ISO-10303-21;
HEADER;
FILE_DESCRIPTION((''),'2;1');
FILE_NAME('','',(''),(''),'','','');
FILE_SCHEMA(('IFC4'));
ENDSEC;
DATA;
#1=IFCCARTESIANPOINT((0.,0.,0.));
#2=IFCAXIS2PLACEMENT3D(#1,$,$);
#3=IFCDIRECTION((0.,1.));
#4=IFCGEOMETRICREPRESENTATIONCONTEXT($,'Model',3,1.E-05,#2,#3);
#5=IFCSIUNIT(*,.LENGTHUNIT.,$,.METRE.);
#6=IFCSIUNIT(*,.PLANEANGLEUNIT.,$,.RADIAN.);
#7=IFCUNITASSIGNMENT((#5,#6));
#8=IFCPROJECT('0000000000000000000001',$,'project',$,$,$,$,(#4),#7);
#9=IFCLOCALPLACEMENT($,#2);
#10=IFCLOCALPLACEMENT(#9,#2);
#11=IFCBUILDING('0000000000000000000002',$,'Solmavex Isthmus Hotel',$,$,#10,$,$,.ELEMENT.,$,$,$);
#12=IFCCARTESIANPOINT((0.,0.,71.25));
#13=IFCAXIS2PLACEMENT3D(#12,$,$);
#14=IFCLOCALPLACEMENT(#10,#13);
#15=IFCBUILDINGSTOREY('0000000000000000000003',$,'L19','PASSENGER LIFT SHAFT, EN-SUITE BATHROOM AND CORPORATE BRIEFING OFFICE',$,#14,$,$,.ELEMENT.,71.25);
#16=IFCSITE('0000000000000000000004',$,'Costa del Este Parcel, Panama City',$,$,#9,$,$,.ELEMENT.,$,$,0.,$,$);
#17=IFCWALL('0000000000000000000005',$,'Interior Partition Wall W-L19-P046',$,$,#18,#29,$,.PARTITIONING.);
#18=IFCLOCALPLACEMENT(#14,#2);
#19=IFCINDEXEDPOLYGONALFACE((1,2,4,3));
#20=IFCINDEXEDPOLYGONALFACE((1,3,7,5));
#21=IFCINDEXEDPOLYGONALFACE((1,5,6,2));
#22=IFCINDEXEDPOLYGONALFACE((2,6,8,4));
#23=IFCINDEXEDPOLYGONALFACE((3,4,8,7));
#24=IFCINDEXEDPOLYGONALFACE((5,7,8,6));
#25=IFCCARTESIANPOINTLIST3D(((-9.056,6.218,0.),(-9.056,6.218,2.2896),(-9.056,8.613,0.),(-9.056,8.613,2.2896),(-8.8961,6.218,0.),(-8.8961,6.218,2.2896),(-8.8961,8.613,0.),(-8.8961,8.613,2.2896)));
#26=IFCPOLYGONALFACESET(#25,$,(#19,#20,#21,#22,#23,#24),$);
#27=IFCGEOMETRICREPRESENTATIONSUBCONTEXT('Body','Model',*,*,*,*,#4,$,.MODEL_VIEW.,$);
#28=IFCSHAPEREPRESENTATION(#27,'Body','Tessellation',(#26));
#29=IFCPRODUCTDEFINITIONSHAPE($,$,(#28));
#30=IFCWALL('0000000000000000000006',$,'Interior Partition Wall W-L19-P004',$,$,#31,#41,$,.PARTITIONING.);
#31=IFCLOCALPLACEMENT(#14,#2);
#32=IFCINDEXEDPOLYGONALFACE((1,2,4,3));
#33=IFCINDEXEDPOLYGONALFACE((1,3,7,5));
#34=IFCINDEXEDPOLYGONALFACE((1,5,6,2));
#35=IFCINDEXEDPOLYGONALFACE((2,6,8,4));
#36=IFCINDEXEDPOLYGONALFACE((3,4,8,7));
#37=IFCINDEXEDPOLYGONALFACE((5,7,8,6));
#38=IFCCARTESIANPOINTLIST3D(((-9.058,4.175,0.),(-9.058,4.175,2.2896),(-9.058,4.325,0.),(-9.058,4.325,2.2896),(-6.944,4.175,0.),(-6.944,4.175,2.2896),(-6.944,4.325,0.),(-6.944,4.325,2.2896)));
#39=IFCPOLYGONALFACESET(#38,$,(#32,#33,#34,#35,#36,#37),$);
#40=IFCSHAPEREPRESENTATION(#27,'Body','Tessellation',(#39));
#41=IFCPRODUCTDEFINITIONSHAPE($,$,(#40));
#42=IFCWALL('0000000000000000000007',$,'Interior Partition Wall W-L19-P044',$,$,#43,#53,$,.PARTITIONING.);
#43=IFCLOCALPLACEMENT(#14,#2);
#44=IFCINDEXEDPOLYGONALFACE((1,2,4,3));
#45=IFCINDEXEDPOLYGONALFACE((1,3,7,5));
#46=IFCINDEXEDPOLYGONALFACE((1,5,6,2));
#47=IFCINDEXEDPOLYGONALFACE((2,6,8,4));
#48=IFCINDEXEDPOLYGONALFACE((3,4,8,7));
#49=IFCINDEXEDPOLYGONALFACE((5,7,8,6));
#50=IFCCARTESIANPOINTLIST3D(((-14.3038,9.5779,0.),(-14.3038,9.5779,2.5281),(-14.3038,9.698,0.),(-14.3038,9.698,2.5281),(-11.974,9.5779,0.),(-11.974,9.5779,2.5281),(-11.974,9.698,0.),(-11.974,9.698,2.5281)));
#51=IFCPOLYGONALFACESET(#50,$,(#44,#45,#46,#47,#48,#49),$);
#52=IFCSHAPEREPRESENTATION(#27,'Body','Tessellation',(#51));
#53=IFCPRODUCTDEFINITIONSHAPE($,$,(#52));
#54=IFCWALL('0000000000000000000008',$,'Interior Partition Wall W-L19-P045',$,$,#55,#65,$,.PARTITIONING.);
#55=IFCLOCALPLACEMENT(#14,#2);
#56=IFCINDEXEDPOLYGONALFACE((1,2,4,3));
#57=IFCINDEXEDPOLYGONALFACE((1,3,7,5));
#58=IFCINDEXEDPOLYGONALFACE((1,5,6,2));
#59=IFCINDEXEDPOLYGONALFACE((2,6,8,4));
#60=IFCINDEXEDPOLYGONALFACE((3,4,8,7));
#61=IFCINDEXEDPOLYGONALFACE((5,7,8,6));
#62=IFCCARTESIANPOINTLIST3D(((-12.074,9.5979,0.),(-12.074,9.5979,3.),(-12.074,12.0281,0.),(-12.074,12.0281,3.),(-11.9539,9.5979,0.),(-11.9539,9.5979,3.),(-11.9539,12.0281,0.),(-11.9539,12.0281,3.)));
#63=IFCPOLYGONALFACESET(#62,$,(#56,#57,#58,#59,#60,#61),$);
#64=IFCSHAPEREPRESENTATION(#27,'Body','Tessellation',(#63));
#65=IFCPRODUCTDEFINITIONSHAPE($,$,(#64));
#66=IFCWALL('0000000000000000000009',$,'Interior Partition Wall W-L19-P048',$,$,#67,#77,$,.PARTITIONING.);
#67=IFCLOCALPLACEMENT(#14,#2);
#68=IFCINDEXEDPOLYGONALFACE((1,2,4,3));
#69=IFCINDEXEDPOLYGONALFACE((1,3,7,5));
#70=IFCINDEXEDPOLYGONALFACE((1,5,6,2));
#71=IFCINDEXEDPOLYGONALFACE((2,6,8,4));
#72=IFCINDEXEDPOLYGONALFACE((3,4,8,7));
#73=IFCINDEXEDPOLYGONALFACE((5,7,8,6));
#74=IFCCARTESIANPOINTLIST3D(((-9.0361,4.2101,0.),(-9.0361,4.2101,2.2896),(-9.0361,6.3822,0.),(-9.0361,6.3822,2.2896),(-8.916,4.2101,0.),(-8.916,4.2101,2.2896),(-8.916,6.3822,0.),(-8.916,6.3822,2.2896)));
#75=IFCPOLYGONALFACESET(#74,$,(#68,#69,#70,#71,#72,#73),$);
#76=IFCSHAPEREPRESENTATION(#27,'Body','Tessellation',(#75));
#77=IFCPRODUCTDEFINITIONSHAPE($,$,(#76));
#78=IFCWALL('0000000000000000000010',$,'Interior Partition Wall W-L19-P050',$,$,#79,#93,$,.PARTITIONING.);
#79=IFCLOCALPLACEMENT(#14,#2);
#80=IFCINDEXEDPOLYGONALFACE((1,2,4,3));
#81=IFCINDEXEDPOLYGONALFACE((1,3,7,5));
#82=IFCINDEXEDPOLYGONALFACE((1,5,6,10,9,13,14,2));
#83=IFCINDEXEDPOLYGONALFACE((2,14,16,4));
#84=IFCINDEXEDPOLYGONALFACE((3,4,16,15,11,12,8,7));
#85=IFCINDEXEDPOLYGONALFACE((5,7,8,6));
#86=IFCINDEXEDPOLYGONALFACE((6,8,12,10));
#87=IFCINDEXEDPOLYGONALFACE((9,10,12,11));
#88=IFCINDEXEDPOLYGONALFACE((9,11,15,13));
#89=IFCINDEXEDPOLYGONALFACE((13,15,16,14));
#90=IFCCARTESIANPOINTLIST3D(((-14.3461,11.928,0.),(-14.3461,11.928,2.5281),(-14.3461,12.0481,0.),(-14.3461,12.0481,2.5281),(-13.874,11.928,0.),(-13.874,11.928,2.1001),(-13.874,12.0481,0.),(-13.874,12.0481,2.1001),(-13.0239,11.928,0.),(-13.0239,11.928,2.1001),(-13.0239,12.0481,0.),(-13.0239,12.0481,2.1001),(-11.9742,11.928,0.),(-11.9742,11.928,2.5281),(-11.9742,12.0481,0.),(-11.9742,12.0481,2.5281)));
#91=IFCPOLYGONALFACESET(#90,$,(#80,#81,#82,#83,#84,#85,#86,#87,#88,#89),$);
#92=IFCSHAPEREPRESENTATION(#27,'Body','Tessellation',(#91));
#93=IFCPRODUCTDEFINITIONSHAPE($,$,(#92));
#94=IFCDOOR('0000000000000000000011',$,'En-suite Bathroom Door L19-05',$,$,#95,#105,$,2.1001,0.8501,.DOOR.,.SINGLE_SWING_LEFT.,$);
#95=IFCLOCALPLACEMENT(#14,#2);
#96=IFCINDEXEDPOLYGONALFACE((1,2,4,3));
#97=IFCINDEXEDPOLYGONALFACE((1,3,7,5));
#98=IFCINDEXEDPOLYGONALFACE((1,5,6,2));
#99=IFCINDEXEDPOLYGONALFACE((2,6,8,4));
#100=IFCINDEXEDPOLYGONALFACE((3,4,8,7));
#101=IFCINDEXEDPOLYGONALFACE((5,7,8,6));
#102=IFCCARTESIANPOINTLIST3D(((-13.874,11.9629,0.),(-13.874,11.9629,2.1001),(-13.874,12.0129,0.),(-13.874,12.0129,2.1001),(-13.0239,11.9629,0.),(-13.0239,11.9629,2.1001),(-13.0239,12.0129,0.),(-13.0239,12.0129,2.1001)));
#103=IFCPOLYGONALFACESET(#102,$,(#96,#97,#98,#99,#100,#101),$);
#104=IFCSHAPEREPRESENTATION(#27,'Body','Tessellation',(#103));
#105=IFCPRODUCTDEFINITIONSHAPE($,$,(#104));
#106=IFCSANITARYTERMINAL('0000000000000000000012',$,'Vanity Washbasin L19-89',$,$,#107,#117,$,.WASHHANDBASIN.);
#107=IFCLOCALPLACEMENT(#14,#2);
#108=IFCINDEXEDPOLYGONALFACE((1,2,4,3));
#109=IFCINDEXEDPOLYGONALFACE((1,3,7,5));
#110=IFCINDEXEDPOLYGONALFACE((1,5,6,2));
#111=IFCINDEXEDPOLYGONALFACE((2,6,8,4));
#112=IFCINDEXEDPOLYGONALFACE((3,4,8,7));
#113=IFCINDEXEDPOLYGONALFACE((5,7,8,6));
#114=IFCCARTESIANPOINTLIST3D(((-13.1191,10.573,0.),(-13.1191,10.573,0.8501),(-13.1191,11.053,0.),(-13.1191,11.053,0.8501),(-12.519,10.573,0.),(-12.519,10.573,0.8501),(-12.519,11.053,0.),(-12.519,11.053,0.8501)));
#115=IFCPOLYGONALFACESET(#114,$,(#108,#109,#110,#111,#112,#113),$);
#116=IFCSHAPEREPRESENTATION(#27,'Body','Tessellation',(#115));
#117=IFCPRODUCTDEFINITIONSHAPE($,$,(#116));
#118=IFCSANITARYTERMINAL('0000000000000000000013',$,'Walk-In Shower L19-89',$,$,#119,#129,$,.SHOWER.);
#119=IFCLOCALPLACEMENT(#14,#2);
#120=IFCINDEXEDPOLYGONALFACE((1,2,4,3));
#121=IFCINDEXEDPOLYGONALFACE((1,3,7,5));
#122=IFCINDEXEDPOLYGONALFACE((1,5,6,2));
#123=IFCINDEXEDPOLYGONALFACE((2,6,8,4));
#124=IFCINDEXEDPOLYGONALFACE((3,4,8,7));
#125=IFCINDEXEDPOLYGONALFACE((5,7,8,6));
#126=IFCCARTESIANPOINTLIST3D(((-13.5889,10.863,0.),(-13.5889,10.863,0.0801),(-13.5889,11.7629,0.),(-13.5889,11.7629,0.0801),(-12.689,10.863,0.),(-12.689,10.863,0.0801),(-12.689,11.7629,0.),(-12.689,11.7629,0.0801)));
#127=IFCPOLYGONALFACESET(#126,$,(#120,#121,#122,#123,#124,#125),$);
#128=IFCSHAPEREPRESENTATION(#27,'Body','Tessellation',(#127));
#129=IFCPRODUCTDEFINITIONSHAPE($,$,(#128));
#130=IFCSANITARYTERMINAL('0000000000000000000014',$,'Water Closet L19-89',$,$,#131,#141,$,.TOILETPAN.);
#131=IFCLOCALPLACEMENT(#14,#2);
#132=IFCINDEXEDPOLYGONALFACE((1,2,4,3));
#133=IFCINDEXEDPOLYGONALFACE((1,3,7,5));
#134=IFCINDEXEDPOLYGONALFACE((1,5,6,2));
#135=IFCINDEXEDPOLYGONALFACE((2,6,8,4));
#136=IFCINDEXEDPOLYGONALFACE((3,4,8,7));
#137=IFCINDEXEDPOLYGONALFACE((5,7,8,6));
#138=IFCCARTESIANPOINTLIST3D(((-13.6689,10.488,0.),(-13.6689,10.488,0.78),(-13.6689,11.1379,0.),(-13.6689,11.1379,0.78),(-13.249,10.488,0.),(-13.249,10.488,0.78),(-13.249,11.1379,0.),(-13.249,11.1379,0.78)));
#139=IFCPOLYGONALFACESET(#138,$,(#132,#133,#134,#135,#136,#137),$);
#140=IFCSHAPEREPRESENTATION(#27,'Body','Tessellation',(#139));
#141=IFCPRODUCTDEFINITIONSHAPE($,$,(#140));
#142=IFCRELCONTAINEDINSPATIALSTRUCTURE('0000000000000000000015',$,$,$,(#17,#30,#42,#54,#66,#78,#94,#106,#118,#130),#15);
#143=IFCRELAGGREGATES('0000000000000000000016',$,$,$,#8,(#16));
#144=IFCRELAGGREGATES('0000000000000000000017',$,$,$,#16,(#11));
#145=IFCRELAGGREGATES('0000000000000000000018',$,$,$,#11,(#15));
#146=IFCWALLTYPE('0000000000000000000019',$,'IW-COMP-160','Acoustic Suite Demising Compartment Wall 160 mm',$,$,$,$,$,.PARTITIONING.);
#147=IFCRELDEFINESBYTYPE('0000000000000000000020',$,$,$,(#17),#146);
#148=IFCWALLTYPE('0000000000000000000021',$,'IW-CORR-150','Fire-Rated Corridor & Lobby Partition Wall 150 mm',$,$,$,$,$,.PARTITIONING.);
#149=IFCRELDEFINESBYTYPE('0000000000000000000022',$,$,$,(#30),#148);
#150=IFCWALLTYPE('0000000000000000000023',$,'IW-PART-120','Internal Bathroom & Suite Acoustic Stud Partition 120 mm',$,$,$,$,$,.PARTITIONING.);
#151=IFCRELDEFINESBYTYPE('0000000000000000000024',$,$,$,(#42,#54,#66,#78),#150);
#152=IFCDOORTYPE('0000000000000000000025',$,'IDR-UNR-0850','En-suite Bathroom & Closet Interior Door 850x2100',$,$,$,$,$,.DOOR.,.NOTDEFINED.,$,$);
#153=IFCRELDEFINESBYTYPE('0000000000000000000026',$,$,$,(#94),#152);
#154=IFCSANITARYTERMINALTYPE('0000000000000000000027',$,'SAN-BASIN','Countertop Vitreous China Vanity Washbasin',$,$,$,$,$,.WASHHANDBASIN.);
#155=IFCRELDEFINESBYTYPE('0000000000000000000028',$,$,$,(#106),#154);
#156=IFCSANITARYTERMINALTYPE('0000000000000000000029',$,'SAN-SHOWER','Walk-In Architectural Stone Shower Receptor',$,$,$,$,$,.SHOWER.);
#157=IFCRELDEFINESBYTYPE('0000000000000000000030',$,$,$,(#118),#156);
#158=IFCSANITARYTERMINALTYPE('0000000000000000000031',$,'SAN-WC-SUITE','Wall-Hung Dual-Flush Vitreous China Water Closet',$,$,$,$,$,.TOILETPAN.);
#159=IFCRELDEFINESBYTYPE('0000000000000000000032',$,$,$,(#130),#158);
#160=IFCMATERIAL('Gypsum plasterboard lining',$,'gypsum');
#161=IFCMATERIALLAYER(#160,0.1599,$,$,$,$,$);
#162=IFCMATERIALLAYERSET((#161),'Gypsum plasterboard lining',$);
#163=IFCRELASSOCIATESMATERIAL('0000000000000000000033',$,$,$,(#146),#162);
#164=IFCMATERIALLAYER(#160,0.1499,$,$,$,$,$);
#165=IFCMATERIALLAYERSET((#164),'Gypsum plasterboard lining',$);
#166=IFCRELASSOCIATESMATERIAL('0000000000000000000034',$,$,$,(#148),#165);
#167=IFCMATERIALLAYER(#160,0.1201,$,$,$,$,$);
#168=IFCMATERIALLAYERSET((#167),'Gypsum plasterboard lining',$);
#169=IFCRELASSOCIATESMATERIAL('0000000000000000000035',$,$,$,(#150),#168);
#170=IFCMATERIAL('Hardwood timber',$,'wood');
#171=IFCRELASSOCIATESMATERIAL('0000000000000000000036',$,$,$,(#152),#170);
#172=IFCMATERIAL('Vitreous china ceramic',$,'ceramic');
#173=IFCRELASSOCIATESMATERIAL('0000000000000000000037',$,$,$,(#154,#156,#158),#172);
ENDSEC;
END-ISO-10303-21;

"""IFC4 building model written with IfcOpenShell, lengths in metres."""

from ifc_helpers import new_model, si_unit, direction, frame, frame_2d, origin, origin_2d, place, context, subcontext, project, spatial, rectangle, extrude, material, layer, layer_set, type_object, element, fill, save


model = new_model("IFC4")

# Units and contexts
model_context = context("Model", 3, precision=1e-05, world=origin(), true_north=direction((0.0, 1.0)))
body_context = subcontext(model_context, "Body", "Model", "MODEL_VIEW")
ifc_project = project(units=[si_unit("LENGTHUNIT", "METRE"), si_unit("PLANEANGLEUNIT", "RADIAN")], contexts=[model_context])

# Site, building, storey
site_placement = place(None, origin())
site = spatial("IfcSite", under=ifc_project, at=site_placement, Name="Costa del Este Parcel, Panama City", CompositionType="ELEMENT", RefElevation=0.0)
building_placement = place(site_placement, origin())
building = spatial("IfcBuilding", under=site, at=building_placement, Name="Solmavex Isthmus Hotel", CompositionType="ELEMENT")
storey_placement = place(building_placement, frame((0.0, 0.0, 71.25)))
storey = spatial("IfcBuildingStorey", under=building, at=storey_placement, Name="L19", Description="PASSENGER LIFT SHAFT, EN-SUITE BATHROOM AND CORPORATE BRIEFING OFFICE", CompositionType="ELEMENT", Elevation=71.25)

# Shared definitions
ifc_material_1 = material(Name="Gypsum plasterboard lining", Category="gypsum")
ifc_layer_1 = layer(ifc_material_1, 0.1599)
ifc_layer_set_1 = layer_set([ifc_layer_1], Name="Gypsum plasterboard lining")
wall_type_1 = type_object("IfcWallType", Name="IW-COMP-160", Description="Acoustic Suite Demising Compartment Wall 160 mm", PredefinedType="PARTITIONING", material=ifc_layer_set_1)
ifc_material_2 = material(Name="Hardwood timber", Category="wood")

# Walls
wall_1_placement = place(storey_placement, frame((-8.9761, 8.613, 0.0), z_axis=(0.0, 0.0, 1.0), x_axis=(0.0, -1.0, 0.0)))
element("IfcWall", 1, at=wall_1_placement, inside=storey, type_object=wall_type_1, Name="Interior Partition Wall W-L19-P046", PredefinedType="PARTITIONING", context=body_context, shape_type="SweptSolid", body=[
    extrude(rectangle(XDim=2.395, YDim=0.1599, at=frame_2d((1.1975, 0.0))), origin(), (0.0, 0.0, 1.0), 2.2896),
])
ifc_layer_2 = layer(ifc_material_1, 0.1499)
ifc_layer_set_2 = layer_set([ifc_layer_2], Name="Gypsum plasterboard lining")
wall_type_2 = type_object("IfcWallType", Name="IW-CORR-150", Description="Fire-Rated Corridor & Lobby Partition Wall 150 mm", PredefinedType="PARTITIONING", material=ifc_layer_set_2)
wall_2_placement = place(storey_placement, frame((-9.0581, 4.25, 0.0), z_axis=(0.0, 0.0, 1.0), x_axis=(1.0, 0.0, 0.0)))
element("IfcWall", 2, at=wall_2_placement, inside=storey, type_object=wall_type_2, Name="Interior Partition Wall W-L19-P004", PredefinedType="PARTITIONING", context=body_context, shape_type="SweptSolid", body=[
    extrude(rectangle(XDim=2.114, YDim=0.1499, at=frame_2d((1.0571, 0.0))), origin(), (0.0, 0.0, 1.0), 2.2896),
])
ifc_layer_3 = layer(ifc_material_1, 0.1201)
ifc_layer_set_3 = layer_set([ifc_layer_3], Name="Gypsum plasterboard lining")
wall_type_3 = type_object("IfcWallType", Name="IW-PART-120", Description="Internal Bathroom & Suite Acoustic Stud Partition 120 mm", PredefinedType="PARTITIONING", material=ifc_layer_set_3)
wall_3_placement = place(storey_placement, frame((-14.304, 9.6379, 0.0), z_axis=(0.0, 0.0, 1.0), x_axis=(1.0, 0.0, 0.0)))
element("IfcWall", 3, at=wall_3_placement, inside=storey, type_object=wall_type_3, Name="Interior Partition Wall W-L19-P044", PredefinedType="PARTITIONING", context=body_context, shape_type="SweptSolid", body=[
    extrude(rectangle(XDim=2.3298, YDim=0.1201, at=frame_2d((1.165, 0.0))), origin(), (0.0, 0.0, 1.0), 2.5281),
])
wall_4_placement = place(storey_placement, frame((-12.0139, 9.5979, 0.0), z_axis=(0.0, 0.0, 1.0), x_axis=(0.0, 1.0, 0.0)))
element("IfcWall", 4, at=wall_4_placement, inside=storey, type_object=wall_type_3, Name="Interior Partition Wall W-L19-P045", PredefinedType="PARTITIONING", context=body_context, shape_type="SweptSolid", body=[
    extrude(rectangle(XDim=2.4302, YDim=0.1201, at=frame_2d((1.2151, 0.0))), origin(), (0.0, 0.0, 1.0), 3.0),
])
wall_5_placement = place(storey_placement, frame((-8.9761, 6.3821, 0.0), z_axis=(0.0, 0.0, 1.0), x_axis=(0.0, -1.0, 0.0)))
element("IfcWall", 5, at=wall_5_placement, inside=storey, type_object=wall_type_3, Name="Interior Partition Wall W-L19-P048", PredefinedType="PARTITIONING", context=body_context, shape_type="SweptSolid", body=[
    extrude(rectangle(XDim=2.1721, YDim=0.1201, at=frame_2d((1.0859, 0.0))), origin(), (0.0, 0.0, 1.0), 2.2896),
])

# Wall, opening, door
wall_6_placement = place(storey_placement, frame((-11.9741, 11.988, 0.0), z_axis=(0.0, 0.0, 1.0), x_axis=(-1.0, 0.0, 0.0)))
wall_6 = element("IfcWall", 6, at=wall_6_placement, inside=storey, type_object=wall_type_3, Name="Interior Partition Wall W-L19-P050", PredefinedType="PARTITIONING", context=body_context, shape_type="SweptSolid", body=[
    extrude(rectangle(XDim=2.3718, YDim=0.1201, at=frame_2d((1.186, 0.0))), origin(), (0.0, 0.0, 1.0), 2.5281),
])
opening_1_placement = place(wall_6_placement, frame((1.0498, 0.0, 0.0)))
opening_1 = element("IfcOpeningElement", 7, at=opening_1_placement, cuts=wall_6, PredefinedType="OPENING", context=body_context, shape_type="SweptSolid", body=[
    extrude(rectangle(XDim=0.8501, YDim=2.1001, at=frame_2d((0.425, 1.05))), frame((0.0, 0.0701, 0.0), z_axis=(0.0, -1.0, 0.0), x_axis=(1.0, 0.0, 0.0)), (0.0, 0.0, 1.0), 0.1401),
])
door_type_1 = type_object("IfcDoorType", Name="IDR-UNR-0850", Description="En-suite Bathroom & Closet Interior Door 850x2100", OperationType="NOTDEFINED", PredefinedType="DOOR", material=ifc_material_2)
door_1_placement = place(opening_1_placement, frame((0.8501, 0.0, 0.0), z_axis=(0.0, 0.0, 1.0), x_axis=(-1.0, 0.0, 0.0)))
door_1 = element("IfcDoor", 8, at=door_1_placement, inside=storey, type_object=door_type_1, Name="En-suite Bathroom Door L19-05", OperationType="SINGLE_SWING_LEFT", OverallHeight=2.1001, OverallWidth=0.8501, PredefinedType="DOOR", context=body_context, shape_type="SweptSolid", body=[
    extrude(rectangle(XDim=0.8501, YDim=2.1001, at=frame_2d((0.425, 1.05))), frame((0.0, 0.0249, 0.0), z_axis=(0.0, -1.0, 0.0), x_axis=(1.0, 0.0, 0.0)), (0.0, 0.0, 1.0), 0.05),
])
fill(opening_1, door_1)

# Sanitary terminals
ifc_material_3 = material(Name="Vitreous china ceramic", Category="ceramic")
sanitary_terminal_type_1 = type_object("IfcSanitaryTerminalType", Name="SAN-BASIN", Description="Countertop Vitreous China Vanity Washbasin", PredefinedType="WASHHANDBASIN", material=ifc_material_3)
sanitary_terminal_1_placement = place(storey_placement, frame((-12.8191, 10.813, 0.0), z_axis=(0.0, 0.0, 1.0), x_axis=(1.0, 0.0, 0.0)))
element("IfcSanitaryTerminal", 9, at=sanitary_terminal_1_placement, inside=storey, type_object=sanitary_terminal_type_1, Name="Vanity Washbasin L19-89", PredefinedType="WASHHANDBASIN", context=body_context, shape_type="SweptSolid", body=[
    extrude(rectangle(XDim=0.6001, YDim=0.48, at=origin_2d()), origin(), (0.0, 0.0, 1.0), 0.8501),
])
sanitary_terminal_type_2 = type_object("IfcSanitaryTerminalType", Name="SAN-SHOWER", Description="Walk-In Architectural Stone Shower Receptor", PredefinedType="SHOWER", material=ifc_material_3)
sanitary_terminal_2_placement = place(storey_placement, frame((-13.1389, 11.313, 0.0), z_axis=(0.0, 0.0, 1.0), x_axis=(1.0, 0.0, 0.0)))
element("IfcSanitaryTerminal", 10, at=sanitary_terminal_2_placement, inside=storey, type_object=sanitary_terminal_type_2, Name="Walk-In Shower L19-89", PredefinedType="SHOWER", context=body_context, shape_type="SweptSolid", body=[
    extrude(rectangle(XDim=0.8999, YDim=0.8999, at=origin_2d()), origin(), (0.0, 0.0, 1.0), 0.0801),
])
sanitary_terminal_type_3 = type_object("IfcSanitaryTerminalType", Name="SAN-WC-SUITE", Description="Wall-Hung Dual-Flush Vitreous China Water Closet", PredefinedType="TOILETPAN", material=ifc_material_3)
sanitary_terminal_3_placement = place(storey_placement, frame((-13.459, 10.813, 0.0), z_axis=(0.0, 0.0, 1.0), x_axis=(1.0, 0.0, 0.0)))
element("IfcSanitaryTerminal", 11, at=sanitary_terminal_3_placement, inside=storey, type_object=sanitary_terminal_type_3, Name="Water Closet L19-89", PredefinedType="TOILETPAN", context=body_context, shape_type="SweptSolid", body=[
    extrude(rectangle(XDim=0.4199, YDim=0.6499, at=origin_2d()), origin(), (0.0, 0.0, 1.0), 0.78),
])

save(model, "model.ifc")
